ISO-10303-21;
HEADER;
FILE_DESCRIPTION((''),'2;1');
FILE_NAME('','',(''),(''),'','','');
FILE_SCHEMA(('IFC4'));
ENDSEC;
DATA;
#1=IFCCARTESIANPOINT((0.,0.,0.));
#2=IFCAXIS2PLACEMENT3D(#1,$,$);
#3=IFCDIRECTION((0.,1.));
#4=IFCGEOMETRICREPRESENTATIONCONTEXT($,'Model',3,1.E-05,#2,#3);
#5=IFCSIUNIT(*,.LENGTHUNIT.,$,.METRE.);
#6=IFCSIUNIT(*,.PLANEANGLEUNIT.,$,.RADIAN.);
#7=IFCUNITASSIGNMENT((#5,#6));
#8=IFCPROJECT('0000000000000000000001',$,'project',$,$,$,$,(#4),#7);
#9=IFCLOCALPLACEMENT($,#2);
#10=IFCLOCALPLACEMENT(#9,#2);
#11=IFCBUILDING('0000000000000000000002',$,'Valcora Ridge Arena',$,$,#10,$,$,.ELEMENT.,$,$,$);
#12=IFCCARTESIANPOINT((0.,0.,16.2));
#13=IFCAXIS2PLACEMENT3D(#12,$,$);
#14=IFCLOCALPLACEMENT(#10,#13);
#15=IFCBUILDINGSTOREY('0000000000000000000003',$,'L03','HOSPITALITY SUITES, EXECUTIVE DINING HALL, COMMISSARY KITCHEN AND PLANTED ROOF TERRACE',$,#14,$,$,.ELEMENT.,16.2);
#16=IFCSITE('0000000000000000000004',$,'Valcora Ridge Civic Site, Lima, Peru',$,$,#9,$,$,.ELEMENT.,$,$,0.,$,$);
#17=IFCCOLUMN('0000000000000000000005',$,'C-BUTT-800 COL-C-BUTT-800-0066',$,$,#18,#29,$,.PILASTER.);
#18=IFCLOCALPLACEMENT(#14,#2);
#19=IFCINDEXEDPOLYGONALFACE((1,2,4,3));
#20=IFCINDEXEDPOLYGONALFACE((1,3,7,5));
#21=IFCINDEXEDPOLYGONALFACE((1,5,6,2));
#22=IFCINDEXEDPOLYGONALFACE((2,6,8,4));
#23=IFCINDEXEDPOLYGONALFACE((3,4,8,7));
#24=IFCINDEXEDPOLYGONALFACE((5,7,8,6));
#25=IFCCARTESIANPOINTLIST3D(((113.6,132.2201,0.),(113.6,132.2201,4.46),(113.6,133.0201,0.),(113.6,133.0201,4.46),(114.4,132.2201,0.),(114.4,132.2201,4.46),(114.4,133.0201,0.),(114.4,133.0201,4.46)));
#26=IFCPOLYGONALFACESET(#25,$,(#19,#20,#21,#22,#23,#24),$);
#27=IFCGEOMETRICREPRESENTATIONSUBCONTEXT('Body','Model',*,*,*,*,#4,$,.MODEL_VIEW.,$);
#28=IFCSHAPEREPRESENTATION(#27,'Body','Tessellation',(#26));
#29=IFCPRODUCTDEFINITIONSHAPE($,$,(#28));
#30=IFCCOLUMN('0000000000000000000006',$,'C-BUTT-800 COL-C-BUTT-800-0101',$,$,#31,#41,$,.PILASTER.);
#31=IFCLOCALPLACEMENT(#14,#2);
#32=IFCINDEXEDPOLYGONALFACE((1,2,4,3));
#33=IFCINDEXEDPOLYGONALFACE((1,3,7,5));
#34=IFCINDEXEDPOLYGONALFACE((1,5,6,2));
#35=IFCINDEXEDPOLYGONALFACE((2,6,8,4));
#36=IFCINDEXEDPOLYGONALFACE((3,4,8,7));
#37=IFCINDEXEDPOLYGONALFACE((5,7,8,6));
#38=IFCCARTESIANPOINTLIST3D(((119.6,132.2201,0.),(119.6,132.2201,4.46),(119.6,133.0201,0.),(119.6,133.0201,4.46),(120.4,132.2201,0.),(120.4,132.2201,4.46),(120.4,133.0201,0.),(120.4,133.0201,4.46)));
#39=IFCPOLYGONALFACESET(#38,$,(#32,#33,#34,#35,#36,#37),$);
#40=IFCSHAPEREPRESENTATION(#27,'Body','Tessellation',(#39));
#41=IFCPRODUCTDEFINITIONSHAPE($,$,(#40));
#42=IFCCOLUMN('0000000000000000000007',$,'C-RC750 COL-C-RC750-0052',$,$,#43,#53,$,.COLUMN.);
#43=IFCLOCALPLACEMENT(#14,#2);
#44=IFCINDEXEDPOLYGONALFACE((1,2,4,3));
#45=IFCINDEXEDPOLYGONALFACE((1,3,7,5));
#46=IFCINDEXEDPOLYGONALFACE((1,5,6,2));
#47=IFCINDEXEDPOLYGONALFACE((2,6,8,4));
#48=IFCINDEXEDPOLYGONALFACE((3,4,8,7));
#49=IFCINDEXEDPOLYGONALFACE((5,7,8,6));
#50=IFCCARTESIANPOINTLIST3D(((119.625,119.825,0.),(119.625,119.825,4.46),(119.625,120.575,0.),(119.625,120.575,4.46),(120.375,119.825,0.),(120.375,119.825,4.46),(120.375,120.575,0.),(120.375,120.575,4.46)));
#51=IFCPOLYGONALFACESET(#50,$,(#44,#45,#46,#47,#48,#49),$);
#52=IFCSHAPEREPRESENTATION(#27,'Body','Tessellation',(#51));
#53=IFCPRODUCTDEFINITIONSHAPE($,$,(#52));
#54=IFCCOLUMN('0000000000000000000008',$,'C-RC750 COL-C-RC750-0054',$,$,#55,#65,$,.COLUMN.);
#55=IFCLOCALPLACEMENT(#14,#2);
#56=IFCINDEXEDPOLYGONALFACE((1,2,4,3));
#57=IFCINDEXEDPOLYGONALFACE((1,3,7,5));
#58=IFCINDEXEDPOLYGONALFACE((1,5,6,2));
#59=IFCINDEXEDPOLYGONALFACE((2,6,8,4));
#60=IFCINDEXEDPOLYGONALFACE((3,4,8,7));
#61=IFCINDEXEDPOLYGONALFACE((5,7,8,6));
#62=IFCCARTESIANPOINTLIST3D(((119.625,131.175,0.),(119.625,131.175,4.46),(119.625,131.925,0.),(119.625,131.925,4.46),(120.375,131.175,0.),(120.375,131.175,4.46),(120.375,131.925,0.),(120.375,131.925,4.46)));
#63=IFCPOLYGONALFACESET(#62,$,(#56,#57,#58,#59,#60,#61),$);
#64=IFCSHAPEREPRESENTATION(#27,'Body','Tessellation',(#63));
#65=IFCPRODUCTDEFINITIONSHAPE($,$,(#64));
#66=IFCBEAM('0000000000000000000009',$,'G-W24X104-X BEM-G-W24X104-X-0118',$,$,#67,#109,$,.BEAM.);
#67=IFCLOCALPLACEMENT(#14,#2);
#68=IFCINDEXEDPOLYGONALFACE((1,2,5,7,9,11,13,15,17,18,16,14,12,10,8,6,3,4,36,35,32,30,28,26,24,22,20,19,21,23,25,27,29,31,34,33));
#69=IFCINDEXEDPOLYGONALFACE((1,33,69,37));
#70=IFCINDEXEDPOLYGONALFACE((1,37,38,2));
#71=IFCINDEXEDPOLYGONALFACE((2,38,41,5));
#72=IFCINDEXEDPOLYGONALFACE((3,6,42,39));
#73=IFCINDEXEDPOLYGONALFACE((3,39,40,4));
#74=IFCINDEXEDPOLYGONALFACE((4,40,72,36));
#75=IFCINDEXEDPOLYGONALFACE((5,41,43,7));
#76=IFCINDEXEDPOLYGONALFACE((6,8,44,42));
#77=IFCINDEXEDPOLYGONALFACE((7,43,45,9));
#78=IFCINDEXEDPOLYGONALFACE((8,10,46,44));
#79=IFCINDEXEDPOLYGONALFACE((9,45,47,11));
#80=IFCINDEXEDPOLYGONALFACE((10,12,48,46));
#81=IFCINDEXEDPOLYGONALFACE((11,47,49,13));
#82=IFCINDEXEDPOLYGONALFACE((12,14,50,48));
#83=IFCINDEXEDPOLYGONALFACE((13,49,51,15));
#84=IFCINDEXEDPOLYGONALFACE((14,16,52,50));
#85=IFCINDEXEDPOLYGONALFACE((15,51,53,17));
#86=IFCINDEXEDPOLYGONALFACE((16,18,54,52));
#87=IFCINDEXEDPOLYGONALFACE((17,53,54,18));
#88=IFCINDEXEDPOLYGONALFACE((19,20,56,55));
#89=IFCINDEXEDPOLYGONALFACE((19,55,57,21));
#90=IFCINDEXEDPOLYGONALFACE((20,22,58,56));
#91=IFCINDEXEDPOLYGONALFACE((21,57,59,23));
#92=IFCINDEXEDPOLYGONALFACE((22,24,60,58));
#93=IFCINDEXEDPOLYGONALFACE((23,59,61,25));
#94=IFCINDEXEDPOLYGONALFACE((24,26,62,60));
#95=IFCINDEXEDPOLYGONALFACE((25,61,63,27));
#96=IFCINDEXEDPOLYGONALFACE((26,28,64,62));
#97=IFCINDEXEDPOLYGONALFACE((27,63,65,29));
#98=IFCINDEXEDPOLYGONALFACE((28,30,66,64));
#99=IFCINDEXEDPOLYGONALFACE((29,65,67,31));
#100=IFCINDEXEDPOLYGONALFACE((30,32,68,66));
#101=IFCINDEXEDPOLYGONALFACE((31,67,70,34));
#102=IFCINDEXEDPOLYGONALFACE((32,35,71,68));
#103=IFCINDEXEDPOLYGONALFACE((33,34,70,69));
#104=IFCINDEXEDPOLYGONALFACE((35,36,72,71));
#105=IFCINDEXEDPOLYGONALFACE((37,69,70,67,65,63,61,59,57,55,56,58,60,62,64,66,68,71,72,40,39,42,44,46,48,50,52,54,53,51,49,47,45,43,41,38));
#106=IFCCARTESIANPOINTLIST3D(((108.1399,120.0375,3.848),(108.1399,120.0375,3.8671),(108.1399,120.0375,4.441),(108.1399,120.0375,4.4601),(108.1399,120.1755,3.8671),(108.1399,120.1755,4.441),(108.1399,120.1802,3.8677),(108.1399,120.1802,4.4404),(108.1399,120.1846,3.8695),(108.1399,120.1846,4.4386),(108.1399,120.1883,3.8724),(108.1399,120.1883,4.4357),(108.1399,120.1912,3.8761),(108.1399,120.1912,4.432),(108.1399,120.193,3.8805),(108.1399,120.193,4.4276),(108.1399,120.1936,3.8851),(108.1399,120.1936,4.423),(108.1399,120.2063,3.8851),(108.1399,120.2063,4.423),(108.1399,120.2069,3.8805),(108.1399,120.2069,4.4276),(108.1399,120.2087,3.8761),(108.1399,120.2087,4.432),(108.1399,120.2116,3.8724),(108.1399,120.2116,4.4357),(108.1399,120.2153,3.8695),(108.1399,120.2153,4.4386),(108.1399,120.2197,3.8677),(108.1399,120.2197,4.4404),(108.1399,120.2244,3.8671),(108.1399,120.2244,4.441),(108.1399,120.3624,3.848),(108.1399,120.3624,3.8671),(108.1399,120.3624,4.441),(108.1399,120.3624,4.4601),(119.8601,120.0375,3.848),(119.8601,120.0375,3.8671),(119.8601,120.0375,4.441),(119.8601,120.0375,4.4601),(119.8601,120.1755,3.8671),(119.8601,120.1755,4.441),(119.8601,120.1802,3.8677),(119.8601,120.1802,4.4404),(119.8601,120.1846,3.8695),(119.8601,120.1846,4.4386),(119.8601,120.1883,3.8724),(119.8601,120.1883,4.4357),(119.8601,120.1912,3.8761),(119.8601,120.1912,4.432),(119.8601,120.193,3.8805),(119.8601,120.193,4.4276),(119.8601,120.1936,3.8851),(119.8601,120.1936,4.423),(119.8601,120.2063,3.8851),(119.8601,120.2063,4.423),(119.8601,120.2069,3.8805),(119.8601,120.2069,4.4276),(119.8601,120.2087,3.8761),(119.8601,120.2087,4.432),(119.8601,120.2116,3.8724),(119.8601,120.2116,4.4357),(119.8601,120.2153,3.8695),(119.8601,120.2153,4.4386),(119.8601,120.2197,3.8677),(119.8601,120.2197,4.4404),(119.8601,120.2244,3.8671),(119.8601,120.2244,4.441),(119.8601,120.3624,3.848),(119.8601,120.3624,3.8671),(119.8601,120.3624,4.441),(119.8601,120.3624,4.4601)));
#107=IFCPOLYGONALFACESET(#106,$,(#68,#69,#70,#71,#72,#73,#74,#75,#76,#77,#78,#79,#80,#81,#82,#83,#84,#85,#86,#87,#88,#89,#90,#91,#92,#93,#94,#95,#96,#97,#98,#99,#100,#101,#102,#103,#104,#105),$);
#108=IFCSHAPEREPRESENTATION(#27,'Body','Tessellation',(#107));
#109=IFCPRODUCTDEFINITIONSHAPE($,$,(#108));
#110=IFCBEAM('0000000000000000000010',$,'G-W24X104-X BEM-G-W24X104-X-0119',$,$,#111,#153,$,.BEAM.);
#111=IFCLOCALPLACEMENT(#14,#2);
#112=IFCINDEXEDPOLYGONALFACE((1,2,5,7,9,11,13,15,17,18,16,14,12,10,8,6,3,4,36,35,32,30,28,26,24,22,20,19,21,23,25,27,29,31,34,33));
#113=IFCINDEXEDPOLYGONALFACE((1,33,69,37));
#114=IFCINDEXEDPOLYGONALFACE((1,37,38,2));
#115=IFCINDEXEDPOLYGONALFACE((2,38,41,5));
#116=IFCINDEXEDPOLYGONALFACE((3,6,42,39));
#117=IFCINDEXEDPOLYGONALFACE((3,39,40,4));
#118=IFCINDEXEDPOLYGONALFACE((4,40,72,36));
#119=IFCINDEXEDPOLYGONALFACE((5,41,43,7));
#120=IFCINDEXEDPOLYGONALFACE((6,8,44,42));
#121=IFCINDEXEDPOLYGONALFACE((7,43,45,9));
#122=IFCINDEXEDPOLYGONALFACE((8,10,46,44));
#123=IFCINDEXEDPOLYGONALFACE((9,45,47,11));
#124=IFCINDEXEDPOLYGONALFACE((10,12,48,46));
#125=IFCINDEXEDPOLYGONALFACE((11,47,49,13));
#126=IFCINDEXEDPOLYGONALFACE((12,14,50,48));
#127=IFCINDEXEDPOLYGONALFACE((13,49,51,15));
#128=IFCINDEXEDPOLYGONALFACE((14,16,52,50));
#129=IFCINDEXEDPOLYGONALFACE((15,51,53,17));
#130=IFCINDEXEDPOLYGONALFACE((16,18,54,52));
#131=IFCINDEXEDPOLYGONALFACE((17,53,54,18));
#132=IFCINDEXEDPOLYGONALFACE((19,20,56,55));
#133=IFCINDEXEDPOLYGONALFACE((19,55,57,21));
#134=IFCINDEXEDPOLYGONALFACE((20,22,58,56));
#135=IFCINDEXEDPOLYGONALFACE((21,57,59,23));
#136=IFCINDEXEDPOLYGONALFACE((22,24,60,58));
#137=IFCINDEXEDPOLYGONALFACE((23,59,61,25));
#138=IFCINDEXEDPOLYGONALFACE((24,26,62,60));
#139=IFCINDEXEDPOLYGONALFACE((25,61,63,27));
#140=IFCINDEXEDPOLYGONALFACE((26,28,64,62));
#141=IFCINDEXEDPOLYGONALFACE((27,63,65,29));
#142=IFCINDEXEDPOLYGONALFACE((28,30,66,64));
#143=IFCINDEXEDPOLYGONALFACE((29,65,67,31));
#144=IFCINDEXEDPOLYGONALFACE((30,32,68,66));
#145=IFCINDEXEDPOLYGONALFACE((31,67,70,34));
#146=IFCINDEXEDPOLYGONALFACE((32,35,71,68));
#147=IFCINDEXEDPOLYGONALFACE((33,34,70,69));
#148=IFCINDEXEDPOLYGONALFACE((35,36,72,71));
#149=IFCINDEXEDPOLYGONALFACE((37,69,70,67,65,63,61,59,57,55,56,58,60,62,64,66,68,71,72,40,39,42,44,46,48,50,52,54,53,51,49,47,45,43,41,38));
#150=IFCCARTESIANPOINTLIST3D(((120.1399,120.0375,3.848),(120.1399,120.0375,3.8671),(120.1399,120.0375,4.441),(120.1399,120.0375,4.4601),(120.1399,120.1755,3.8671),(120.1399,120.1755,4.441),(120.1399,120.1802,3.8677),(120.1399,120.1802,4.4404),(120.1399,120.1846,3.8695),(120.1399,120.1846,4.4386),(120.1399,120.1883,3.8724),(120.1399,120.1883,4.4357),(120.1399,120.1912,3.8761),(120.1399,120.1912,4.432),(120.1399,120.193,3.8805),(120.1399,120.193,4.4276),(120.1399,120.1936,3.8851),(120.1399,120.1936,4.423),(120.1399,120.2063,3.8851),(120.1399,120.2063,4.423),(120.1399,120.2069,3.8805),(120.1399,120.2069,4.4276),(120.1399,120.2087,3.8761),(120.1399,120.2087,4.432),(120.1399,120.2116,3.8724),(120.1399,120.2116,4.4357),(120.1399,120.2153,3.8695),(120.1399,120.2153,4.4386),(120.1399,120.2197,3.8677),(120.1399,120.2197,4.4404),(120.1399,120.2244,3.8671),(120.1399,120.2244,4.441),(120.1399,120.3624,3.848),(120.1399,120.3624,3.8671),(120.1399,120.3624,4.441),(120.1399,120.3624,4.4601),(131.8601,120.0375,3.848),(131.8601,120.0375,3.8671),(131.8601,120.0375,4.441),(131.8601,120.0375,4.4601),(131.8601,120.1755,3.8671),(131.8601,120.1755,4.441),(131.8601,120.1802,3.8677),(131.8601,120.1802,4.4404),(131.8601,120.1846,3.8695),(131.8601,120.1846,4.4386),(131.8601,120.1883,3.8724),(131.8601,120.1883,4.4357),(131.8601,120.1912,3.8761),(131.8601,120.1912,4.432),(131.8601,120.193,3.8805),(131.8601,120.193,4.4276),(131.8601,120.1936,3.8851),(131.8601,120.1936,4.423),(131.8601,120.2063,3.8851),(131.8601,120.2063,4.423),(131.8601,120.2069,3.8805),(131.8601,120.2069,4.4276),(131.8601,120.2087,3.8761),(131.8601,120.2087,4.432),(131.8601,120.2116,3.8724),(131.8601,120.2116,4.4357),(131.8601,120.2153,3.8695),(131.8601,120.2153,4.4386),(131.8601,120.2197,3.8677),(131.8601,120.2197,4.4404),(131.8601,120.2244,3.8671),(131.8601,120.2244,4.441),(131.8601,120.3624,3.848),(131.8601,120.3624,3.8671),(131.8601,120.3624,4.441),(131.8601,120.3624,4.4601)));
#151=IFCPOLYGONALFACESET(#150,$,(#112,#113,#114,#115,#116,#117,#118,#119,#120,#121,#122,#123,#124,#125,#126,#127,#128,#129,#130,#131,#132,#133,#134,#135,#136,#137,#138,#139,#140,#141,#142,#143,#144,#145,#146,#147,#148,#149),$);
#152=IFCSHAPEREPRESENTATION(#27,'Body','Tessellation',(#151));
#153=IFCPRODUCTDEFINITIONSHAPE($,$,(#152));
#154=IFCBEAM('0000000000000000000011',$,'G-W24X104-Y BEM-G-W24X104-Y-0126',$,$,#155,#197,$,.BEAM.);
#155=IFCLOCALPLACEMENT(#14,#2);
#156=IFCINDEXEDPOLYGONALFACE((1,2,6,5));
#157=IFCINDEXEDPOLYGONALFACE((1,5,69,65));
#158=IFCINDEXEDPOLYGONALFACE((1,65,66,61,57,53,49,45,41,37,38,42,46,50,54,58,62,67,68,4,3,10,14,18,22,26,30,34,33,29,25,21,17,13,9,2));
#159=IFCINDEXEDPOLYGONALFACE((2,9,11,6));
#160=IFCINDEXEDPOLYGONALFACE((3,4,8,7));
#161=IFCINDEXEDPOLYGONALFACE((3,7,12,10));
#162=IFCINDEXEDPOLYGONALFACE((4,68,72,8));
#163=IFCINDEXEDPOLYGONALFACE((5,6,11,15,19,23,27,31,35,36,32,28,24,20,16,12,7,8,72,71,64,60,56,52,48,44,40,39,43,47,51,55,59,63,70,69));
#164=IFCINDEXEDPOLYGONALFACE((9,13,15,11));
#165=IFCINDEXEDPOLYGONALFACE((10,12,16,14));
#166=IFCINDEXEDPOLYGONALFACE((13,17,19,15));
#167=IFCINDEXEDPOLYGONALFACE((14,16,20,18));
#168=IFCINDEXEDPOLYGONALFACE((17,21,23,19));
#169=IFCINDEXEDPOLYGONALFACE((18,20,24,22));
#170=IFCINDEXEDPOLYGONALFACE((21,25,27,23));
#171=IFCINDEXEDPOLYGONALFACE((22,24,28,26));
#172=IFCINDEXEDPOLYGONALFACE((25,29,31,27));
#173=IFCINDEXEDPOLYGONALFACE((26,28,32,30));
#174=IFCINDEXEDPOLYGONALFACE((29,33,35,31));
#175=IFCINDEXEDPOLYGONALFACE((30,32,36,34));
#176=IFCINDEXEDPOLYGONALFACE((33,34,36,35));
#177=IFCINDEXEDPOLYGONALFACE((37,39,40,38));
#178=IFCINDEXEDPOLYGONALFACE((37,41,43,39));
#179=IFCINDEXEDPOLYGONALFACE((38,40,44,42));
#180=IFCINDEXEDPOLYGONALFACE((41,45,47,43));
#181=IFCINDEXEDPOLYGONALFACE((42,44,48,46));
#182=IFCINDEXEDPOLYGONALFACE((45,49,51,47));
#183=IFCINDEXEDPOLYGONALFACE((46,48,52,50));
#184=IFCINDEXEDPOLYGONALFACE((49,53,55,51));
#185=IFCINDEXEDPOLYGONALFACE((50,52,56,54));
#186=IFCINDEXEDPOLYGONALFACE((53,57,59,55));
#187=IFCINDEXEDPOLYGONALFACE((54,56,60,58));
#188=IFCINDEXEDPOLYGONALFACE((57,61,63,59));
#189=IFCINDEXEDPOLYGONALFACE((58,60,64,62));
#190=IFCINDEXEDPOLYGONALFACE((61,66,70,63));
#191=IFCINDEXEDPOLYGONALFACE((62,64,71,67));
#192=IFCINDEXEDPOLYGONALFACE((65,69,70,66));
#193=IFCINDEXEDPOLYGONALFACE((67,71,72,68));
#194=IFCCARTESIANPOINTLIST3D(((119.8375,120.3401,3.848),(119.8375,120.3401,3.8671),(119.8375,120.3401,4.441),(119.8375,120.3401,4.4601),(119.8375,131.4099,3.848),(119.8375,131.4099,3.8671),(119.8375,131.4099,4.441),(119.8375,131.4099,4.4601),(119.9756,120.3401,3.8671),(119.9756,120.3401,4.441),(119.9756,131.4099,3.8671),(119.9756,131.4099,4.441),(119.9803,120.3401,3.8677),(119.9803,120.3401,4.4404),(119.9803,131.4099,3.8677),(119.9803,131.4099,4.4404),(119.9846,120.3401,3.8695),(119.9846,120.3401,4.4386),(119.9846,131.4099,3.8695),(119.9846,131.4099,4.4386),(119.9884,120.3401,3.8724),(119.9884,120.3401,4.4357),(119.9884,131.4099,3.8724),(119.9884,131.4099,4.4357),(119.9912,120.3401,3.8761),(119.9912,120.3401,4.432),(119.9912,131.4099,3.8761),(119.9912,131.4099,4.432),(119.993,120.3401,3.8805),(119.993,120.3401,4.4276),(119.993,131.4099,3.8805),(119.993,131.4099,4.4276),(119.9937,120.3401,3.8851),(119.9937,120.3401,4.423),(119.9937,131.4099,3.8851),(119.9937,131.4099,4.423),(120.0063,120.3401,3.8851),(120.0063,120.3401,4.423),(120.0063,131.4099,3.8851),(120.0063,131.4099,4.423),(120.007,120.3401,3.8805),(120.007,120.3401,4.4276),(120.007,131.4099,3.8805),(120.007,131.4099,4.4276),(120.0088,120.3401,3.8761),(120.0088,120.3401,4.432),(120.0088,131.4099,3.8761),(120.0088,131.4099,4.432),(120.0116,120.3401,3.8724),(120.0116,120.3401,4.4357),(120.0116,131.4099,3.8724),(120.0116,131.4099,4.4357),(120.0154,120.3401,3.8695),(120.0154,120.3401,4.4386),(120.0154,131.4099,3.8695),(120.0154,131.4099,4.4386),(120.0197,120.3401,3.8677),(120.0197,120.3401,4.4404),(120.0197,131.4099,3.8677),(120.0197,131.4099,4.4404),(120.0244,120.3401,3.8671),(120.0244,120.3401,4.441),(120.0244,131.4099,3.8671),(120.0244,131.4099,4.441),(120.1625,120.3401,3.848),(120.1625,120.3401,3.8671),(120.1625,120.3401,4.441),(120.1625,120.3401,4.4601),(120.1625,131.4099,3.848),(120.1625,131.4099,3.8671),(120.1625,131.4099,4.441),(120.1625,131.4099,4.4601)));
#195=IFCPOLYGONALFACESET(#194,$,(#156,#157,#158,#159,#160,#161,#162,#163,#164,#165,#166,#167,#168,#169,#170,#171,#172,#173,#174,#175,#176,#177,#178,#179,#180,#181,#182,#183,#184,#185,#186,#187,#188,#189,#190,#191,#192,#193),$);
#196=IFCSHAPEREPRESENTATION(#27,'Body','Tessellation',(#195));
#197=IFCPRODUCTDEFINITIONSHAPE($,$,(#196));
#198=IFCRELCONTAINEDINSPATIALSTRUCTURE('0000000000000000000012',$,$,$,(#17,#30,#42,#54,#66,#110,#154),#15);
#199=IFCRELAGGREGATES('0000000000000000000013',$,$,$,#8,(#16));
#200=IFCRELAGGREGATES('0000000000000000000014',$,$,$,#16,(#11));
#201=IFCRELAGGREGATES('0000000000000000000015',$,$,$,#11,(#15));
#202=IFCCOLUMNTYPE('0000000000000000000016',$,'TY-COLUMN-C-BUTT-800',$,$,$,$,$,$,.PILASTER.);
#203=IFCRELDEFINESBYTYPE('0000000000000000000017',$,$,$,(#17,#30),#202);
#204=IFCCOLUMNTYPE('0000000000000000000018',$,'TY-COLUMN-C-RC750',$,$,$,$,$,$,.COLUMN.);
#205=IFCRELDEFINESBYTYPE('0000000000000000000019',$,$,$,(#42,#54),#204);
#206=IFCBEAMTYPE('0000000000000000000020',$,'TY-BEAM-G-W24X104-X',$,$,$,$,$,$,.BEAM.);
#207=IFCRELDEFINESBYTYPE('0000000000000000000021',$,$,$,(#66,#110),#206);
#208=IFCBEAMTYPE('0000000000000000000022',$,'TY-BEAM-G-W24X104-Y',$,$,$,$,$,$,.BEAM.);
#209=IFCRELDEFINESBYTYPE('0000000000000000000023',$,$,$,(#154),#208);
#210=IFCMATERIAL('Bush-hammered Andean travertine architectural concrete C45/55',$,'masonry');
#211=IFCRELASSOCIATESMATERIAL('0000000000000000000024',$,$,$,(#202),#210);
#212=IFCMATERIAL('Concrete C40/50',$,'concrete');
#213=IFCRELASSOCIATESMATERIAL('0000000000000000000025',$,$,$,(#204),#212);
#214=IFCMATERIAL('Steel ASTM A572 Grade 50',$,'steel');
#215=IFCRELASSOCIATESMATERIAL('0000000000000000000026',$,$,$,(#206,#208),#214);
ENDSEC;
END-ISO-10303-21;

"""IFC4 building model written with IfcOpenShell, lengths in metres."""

from ifc_helpers import new_model, si_unit, direction, frame, origin, origin_2d, place, context, subcontext, project, spatial, rectangle, i_section, extrude, material, material_profile, profile_set, type_object, element, save


model = new_model("IFC4")

# Units and contexts
model_context = context("Model", 3, precision=1e-05, world=origin(), true_north=direction((0.0, 1.0)))
body_context = subcontext(model_context, "Body", "Model", "MODEL_VIEW")
ifc_project = project(units=[si_unit("LENGTHUNIT", "METRE"), si_unit("PLANEANGLEUNIT", "RADIAN")], contexts=[model_context])

# Site, building, storey
site_placement = place(None, origin())
site = spatial("IfcSite", under=ifc_project, at=site_placement, Name="Valcora Ridge Civic Site, Lima, Peru", CompositionType="ELEMENT", RefElevation=0.0)
building_placement = place(site_placement, origin())
building = spatial("IfcBuilding", under=site, at=building_placement, Name="Valcora Ridge Arena", CompositionType="ELEMENT")
storey_placement = place(building_placement, frame((0.0, 0.0, 16.2)))
storey = spatial("IfcBuildingStorey", under=building, at=storey_placement, Name="L03", Description="HOSPITALITY SUITES, EXECUTIVE DINING HALL, COMMISSARY KITCHEN AND PLANTED ROOF TERRACE", CompositionType="ELEMENT", Elevation=16.2)

# Columns
ifc_material_1 = material(Name="Bush-hammered Andean travertine architectural concrete C45/55", Category="masonry")
ifc_material_profile_1 = material_profile(ifc_material_1, rectangle(XDim=0.8, YDim=0.8, at=origin_2d()), Name="RC 800x800")
ifc_profile_set_1 = profile_set([ifc_material_profile_1], Name="Bush-hammered Andean travertine architectural concrete C45/55")
column_type_1 = type_object("IfcColumnType", Name="TY-COLUMN-C-BUTT-800", PredefinedType="PILASTER", material=ifc_profile_set_1)
for number, where, z_axis, x_axis, name in (
    (1, (114.0, 132.6201, 0.0), (0.0, 0.0, 1.0), (1.0, 0.0, 0.0), "C-BUTT-800 COL-C-BUTT-800-0066"),
    (2, (120.0, 132.6201, 0.0), (0.0, 0.0, 1.0), (1.0, 0.0, 0.0), "C-BUTT-800 COL-C-BUTT-800-0101"),
):
    element("IfcColumn", number, at=place(storey_placement, frame(where, z_axis=z_axis, x_axis=x_axis)), inside=storey, type_object=column_type_1, Name=name, PredefinedType="PILASTER", context=body_context, shape_type="SweptSolid", body=[
        extrude(rectangle(XDim=0.8, YDim=0.8, at=origin_2d()), origin(), (0.0, 0.0, 1.0), 4.46),
    ])
ifc_material_2 = material(Name="Concrete C40/50", Category="concrete")
ifc_material_profile_2 = material_profile(ifc_material_2, rectangle(XDim=0.75, YDim=0.75, at=origin_2d()), Name="RC 750x750")
ifc_profile_set_2 = profile_set([ifc_material_profile_2], Name="Concrete C40/50")
column_type_2 = type_object("IfcColumnType", Name="TY-COLUMN-C-RC750", PredefinedType="COLUMN", material=ifc_profile_set_2)
for number, where, z_axis, x_axis, name in (
    (3, (120.0, 120.2, 0.0), (0.0, 0.0, 1.0), (1.0, 0.0, 0.0), "C-RC750 COL-C-RC750-0052"),
    (4, (120.0, 131.55, 0.0), (0.0, 0.0, 1.0), (1.0, 0.0, 0.0), "C-RC750 COL-C-RC750-0054"),
):
    element("IfcColumn", number, at=place(storey_placement, frame(where, z_axis=z_axis, x_axis=x_axis)), inside=storey, type_object=column_type_2, Name=name, PredefinedType="COLUMN", context=body_context, shape_type="SweptSolid", body=[
        extrude(rectangle(XDim=0.75, YDim=0.75, at=origin_2d()), origin(), (0.0, 0.0, 1.0), 4.46),
    ])

# Beams
ifc_material_3 = material(Name="Steel ASTM A572 Grade 50", Category="steel")
ifc_material_profile_3 = material_profile(ifc_material_3, i_section(OverallWidth=0.325, OverallDepth=0.6121, WebThickness=0.0127, FlangeThickness=0.019, FilletRadius=0.0181, at=origin_2d()), Name="W24X104")
ifc_profile_set_3 = profile_set([ifc_material_profile_3], Name="Steel ASTM A572 Grade 50")
beam_type_1 = type_object("IfcBeamType", Name="TY-BEAM-G-W24X104-X", PredefinedType="BEAM", material=ifc_profile_set_3)
for number, where, z_axis, x_axis, name in (
    (5, (108.1399, 120.2, 4.1541), (1.0, 0.0, 0.0), (0.0, 1.0, 0.0), "G-W24X104-X BEM-G-W24X104-X-0118"),
    (6, (120.1399, 120.2, 4.1541), (1.0, 0.0, 0.0), (0.0, 1.0, 0.0), "G-W24X104-X BEM-G-W24X104-X-0119"),
):
    element("IfcBeam", number, at=place(storey_placement, frame(where, z_axis=z_axis, x_axis=x_axis)), inside=storey, type_object=beam_type_1, Name=name, PredefinedType="BEAM", context=body_context, shape_type="SweptSolid", body=[
        extrude(i_section(OverallWidth=0.325, OverallDepth=0.6121, WebThickness=0.0127, FlangeThickness=0.019, FilletRadius=0.0181, at=origin_2d()), origin(), (0.0, 0.0, 1.0), 11.7202),
    ])
ifc_material_profile_4 = material_profile(ifc_material_3, i_section(OverallWidth=0.325, OverallDepth=0.6121, WebThickness=0.0127, FlangeThickness=0.019, FilletRadius=0.0181, at=origin_2d()), Name="W24X104")
ifc_profile_set_4 = profile_set([ifc_material_profile_4], Name="Steel ASTM A572 Grade 50")
beam_type_2 = type_object("IfcBeamType", Name="TY-BEAM-G-W24X104-Y", PredefinedType="BEAM", material=ifc_profile_set_4)
beam_placement = place(storey_placement, frame((120.0, 120.3401, 4.1541), z_axis=(0.0, 1.0, 0.0), x_axis=(-1.0, 0.0, 0.0)))
element("IfcBeam", 7, at=beam_placement, inside=storey, type_object=beam_type_2, Name="G-W24X104-Y BEM-G-W24X104-Y-0126", PredefinedType="BEAM", context=body_context, shape_type="SweptSolid", body=[
    extrude(i_section(OverallWidth=0.325, OverallDepth=0.6121, WebThickness=0.0127, FlangeThickness=0.019, FilletRadius=0.0181, at=origin_2d()), origin(), (0.0, 0.0, 1.0), 11.0698),
])

save(model, "model.ifc")
